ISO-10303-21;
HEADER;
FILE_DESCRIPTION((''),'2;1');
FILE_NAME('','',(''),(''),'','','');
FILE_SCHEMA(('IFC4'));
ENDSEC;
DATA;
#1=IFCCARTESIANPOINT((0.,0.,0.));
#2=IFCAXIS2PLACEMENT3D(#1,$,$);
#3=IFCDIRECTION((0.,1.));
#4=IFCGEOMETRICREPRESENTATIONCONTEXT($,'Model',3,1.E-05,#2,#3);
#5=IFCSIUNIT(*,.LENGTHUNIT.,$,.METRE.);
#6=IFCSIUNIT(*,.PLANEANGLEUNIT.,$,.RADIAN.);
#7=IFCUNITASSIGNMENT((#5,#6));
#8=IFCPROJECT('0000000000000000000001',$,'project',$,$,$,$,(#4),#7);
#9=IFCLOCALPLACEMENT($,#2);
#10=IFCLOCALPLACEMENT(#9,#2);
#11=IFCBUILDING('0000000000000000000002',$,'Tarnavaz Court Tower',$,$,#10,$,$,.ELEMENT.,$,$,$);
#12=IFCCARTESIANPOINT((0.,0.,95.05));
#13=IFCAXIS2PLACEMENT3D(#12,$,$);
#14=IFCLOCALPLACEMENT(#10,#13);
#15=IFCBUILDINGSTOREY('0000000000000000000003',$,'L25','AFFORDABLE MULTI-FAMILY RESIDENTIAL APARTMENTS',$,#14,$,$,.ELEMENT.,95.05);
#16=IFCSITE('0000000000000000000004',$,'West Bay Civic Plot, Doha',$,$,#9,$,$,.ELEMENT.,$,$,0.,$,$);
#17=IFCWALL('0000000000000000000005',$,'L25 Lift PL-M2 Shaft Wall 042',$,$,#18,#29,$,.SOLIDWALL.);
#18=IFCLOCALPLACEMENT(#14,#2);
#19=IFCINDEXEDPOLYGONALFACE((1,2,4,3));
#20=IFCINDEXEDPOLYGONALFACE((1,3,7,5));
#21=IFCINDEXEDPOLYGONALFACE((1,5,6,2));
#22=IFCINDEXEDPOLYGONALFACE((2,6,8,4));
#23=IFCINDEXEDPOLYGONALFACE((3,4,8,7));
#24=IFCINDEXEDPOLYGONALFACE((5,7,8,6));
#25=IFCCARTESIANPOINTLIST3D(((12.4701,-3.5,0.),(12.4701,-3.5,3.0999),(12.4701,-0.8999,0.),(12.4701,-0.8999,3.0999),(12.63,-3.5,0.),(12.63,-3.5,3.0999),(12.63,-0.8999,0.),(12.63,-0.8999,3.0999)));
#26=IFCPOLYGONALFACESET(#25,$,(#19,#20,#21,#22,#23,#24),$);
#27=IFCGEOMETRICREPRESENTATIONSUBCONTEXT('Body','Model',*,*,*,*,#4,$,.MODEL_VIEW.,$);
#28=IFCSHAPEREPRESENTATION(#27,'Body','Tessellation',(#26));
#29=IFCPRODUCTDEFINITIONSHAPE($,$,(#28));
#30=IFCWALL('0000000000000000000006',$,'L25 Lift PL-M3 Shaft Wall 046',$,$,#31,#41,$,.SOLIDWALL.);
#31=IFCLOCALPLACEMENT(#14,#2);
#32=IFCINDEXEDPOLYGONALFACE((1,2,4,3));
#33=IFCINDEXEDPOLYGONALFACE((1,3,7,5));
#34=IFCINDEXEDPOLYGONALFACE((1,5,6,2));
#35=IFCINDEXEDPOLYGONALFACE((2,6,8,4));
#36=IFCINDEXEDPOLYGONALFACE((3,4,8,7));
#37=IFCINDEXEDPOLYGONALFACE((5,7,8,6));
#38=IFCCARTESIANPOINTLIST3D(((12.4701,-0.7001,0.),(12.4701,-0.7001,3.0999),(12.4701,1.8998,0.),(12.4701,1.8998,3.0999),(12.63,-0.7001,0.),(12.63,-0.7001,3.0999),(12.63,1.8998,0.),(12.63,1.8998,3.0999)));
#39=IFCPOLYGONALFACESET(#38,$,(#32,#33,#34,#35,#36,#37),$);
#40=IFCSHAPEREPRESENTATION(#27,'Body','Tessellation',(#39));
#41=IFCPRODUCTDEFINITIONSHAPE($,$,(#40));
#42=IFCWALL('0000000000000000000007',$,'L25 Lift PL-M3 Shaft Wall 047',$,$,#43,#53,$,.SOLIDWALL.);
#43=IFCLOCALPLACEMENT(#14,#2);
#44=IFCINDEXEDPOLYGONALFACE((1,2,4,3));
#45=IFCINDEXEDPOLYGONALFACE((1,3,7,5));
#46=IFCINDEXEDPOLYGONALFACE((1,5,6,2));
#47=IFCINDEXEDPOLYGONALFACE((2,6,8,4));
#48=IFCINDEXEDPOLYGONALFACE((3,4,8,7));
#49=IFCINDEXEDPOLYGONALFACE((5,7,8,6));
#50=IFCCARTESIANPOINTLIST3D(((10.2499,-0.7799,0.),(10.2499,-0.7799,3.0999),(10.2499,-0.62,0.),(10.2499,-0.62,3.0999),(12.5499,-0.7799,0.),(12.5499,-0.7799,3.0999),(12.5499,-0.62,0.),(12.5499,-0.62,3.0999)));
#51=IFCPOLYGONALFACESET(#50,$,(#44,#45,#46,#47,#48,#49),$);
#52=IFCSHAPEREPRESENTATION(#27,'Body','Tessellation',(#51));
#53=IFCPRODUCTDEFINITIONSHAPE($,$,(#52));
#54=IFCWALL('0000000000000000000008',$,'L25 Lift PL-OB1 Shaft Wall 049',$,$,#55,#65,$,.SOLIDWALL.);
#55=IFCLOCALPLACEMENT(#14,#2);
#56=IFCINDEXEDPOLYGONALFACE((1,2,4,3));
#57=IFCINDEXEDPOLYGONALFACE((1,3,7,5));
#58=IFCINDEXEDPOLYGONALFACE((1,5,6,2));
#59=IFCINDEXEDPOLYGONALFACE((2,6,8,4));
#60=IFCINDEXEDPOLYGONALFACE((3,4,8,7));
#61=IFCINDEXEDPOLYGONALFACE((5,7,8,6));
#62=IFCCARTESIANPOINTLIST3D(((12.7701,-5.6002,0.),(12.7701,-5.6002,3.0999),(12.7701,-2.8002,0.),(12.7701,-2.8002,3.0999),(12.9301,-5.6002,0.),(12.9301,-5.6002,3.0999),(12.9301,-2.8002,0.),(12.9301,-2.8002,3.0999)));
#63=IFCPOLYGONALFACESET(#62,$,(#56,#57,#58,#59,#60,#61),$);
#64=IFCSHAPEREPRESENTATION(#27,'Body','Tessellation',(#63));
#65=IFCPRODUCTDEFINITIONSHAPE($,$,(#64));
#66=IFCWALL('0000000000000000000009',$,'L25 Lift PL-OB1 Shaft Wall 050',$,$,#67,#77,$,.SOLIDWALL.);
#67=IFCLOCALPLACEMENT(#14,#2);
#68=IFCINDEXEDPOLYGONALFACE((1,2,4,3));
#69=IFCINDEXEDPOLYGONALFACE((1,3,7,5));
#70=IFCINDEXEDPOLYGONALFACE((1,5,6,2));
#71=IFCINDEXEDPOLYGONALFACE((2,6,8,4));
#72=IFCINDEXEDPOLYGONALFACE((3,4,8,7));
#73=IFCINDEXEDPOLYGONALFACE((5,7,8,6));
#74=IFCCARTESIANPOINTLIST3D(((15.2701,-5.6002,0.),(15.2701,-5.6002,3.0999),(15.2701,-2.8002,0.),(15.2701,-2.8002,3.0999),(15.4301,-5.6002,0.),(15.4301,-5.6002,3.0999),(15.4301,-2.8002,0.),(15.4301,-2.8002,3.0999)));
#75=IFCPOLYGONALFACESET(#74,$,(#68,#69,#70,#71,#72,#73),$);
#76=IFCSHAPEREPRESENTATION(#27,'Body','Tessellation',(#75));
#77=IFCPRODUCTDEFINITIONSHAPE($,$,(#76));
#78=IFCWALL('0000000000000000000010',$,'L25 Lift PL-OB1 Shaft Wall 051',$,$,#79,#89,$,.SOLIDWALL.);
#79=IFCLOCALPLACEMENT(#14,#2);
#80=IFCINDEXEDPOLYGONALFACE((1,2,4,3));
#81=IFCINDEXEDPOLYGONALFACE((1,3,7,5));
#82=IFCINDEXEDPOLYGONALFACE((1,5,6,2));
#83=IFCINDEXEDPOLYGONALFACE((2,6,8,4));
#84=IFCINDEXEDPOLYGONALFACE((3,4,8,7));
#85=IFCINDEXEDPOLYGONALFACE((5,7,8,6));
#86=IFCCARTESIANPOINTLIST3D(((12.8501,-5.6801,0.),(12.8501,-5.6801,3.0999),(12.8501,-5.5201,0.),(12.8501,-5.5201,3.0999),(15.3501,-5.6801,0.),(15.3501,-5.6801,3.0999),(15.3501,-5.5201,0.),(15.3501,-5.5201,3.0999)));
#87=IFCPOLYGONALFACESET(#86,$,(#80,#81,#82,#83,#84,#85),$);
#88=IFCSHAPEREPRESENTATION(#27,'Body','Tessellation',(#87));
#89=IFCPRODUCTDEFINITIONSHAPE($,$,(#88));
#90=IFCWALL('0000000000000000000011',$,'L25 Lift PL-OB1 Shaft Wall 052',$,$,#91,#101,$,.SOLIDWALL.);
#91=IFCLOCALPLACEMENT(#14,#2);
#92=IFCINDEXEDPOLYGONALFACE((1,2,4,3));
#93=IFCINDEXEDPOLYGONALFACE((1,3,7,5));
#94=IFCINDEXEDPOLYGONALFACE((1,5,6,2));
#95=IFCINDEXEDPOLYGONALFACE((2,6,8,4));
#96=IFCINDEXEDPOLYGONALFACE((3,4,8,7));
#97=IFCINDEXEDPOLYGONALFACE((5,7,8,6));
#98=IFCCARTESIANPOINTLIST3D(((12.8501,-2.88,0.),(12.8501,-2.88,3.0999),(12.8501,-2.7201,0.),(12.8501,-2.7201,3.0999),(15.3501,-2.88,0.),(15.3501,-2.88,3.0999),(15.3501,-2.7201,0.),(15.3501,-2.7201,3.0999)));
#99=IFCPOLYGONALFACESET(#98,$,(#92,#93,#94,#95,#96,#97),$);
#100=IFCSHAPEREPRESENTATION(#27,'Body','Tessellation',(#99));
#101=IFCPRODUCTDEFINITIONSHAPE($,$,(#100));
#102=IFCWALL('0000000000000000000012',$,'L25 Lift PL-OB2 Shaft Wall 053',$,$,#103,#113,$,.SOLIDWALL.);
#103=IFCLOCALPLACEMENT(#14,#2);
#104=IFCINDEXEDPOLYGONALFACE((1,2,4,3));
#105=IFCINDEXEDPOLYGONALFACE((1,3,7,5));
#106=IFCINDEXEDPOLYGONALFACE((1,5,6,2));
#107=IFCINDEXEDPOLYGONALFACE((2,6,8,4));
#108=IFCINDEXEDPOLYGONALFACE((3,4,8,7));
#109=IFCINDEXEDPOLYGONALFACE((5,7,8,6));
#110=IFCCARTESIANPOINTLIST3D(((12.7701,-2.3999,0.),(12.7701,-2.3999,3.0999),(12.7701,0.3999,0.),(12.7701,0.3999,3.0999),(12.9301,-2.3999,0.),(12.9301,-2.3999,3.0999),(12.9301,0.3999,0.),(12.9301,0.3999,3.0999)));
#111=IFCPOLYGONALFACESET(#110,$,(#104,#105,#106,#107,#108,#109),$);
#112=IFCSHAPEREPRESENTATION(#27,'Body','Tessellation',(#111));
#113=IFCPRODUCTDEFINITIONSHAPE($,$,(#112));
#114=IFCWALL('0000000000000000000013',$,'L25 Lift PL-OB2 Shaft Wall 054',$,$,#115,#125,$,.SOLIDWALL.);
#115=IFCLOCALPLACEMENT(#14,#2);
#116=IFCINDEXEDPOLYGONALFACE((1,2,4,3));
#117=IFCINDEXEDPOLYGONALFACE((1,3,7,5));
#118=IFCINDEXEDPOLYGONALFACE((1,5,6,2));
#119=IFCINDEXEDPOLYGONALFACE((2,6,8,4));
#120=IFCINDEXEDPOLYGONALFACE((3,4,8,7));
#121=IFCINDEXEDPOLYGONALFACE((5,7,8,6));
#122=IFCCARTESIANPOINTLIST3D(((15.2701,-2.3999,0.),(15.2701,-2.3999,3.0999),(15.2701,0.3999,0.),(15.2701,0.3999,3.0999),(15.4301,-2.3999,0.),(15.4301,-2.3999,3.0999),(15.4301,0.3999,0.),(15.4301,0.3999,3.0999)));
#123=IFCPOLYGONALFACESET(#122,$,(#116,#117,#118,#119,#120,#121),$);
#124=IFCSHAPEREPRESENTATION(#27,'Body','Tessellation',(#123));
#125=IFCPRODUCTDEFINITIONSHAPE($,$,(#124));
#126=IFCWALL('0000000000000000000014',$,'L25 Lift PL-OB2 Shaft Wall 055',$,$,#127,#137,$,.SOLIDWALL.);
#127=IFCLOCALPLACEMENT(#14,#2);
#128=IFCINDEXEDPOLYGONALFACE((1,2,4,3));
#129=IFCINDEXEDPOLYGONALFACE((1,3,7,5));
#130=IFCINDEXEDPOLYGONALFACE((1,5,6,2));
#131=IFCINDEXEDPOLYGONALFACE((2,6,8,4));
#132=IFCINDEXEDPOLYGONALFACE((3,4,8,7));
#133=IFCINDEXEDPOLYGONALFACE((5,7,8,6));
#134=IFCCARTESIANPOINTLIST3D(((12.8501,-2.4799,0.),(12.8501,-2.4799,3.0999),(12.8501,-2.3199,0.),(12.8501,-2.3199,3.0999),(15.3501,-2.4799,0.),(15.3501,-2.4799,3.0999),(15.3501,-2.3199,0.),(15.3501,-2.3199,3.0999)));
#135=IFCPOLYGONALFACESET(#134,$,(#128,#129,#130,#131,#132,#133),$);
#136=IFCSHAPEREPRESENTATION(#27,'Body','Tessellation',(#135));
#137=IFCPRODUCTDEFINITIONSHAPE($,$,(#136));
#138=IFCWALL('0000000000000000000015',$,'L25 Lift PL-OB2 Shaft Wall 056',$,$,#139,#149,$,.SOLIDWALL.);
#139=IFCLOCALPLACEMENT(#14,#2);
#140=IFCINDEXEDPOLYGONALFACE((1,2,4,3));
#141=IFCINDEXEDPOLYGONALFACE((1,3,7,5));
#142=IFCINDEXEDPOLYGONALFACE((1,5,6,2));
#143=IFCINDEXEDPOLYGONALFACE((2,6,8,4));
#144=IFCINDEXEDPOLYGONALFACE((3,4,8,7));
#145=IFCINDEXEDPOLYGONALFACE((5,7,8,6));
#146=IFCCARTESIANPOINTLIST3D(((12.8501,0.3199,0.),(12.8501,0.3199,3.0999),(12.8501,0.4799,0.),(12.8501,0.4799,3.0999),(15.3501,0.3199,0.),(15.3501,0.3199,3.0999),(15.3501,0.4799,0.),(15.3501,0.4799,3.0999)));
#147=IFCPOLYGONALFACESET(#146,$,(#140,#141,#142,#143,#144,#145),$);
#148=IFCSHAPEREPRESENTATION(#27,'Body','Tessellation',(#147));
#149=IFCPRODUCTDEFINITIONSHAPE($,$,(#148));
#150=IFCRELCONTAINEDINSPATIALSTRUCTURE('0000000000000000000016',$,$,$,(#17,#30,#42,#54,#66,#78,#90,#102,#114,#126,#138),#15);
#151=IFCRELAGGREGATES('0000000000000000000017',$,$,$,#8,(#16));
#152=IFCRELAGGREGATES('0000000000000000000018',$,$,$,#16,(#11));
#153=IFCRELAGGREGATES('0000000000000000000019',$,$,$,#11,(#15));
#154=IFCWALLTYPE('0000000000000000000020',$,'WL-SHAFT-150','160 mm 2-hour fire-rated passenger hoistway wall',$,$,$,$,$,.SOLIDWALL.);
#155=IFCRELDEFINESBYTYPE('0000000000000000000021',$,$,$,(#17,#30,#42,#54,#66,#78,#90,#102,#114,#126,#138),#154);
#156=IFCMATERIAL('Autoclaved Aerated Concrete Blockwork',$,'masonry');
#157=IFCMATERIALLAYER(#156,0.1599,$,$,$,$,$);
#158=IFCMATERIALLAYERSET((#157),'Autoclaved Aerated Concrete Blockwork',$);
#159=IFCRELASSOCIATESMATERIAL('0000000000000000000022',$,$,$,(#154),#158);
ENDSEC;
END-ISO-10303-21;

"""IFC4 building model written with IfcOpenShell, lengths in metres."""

from ifc_helpers import new_model, si_unit, direction, frame, frame_2d, origin, place, context, subcontext, project, spatial, rectangle, extrude, material, layer, layer_set, type_object, element, save


model = new_model("IFC4")

# Units and contexts
model_context = context("Model", 3, precision=1e-05, world=origin(), true_north=direction((0.0, 1.0)))
body_context = subcontext(model_context, "Body", "Model", "MODEL_VIEW")
ifc_project = project(units=[si_unit("LENGTHUNIT", "METRE"), si_unit("PLANEANGLEUNIT", "RADIAN")], contexts=[model_context])

# Site, building, storey
site_placement = place(None, origin())
site = spatial("IfcSite", under=ifc_project, at=site_placement, Name="West Bay Civic Plot, Doha", CompositionType="ELEMENT", RefElevation=0.0)
building_placement = place(site_placement, origin())
building = spatial("IfcBuilding", under=site, at=building_placement, Name="Tarnavaz Court Tower", CompositionType="ELEMENT")
storey_placement = place(building_placement, frame((0.0, 0.0, 95.05)))
storey = spatial("IfcBuildingStorey", under=building, at=storey_placement, Name="L25", Description="AFFORDABLE MULTI-FAMILY RESIDENTIAL APARTMENTS", CompositionType="ELEMENT", Elevation=95.05)

# Walls
ifc_material_1 = material(Name="Autoclaved Aerated Concrete Blockwork", Category="masonry")
ifc_layer_1 = layer(ifc_material_1, 0.1599)
ifc_layer_set_1 = layer_set([ifc_layer_1], Name="Autoclaved Aerated Concrete Blockwork")
wall_type_1 = type_object("IfcWallType", Name="WL-SHAFT-150", Description="160 mm 2-hour fire-rated passenger hoistway wall", PredefinedType="SOLIDWALL", material=ifc_layer_set_1)
for number, where, z_axis, x_axis, name in (
    (1, (12.55, -3.5, 0.0), (0.0, 0.0, 1.0), (0.0, 1.0, 0.0), "L25 Lift PL-M2 Shaft Wall 042"),
):
    element("IfcWall", number, at=place(storey_placement, frame(where, z_axis=z_axis, x_axis=x_axis)), inside=storey, type_object=wall_type_1, Name=name, PredefinedType="SOLIDWALL", context=body_context, shape_type="SweptSolid", body=[
        extrude(rectangle(XDim=2.6001, YDim=0.1599, at=frame_2d((1.3, 0.0))), origin(), (0.0, 0.0, 1.0), 3.0999),
    ])
wall_1_placement = place(storey_placement, frame((12.55, -0.7, 0.0), z_axis=(0.0, 0.0, 1.0), x_axis=(0.0, 1.0, 0.0)))
element("IfcWall", 2, at=wall_1_placement, inside=storey, type_object=wall_type_1, Name="L25 Lift PL-M3 Shaft Wall 046", PredefinedType="SOLIDWALL", context=body_context, shape_type="SweptSolid", body=[
    extrude(rectangle(XDim=2.5999, YDim=0.1599, at=frame_2d((1.2998, 0.0))), origin(), (0.0, 0.0, 1.0), 3.0999),
])
wall_2_placement = place(storey_placement, frame((10.25, -0.7, 0.0), z_axis=(0.0, 0.0, 1.0), x_axis=(1.0, 0.0, 0.0)))
element("IfcWall", 3, at=wall_2_placement, inside=storey, type_object=wall_type_1, Name="L25 Lift PL-M3 Shaft Wall 047", PredefinedType="SOLIDWALL", context=body_context, shape_type="SweptSolid", body=[
    extrude(rectangle(XDim=2.3, YDim=0.1599, at=frame_2d((1.1499, 0.0))), origin(), (0.0, 0.0, 1.0), 3.0999),
])
for number, where, z_axis, x_axis, name in (
    (4, (12.8501, -5.6001, 0.0), (0.0, 0.0, 1.0), (0.0, 1.0, 0.0), "L25 Lift PL-OB1 Shaft Wall 049"),
    (5, (15.3501, -5.6001, 0.0), (0.0, 0.0, 1.0), (0.0, 1.0, 0.0), "L25 Lift PL-OB1 Shaft Wall 050"),
):
    element("IfcWall", number, at=place(storey_placement, frame(where, z_axis=z_axis, x_axis=x_axis)), inside=storey, type_object=wall_type_1, Name=name, PredefinedType="SOLIDWALL", context=body_context, shape_type="SweptSolid", body=[
        extrude(rectangle(XDim=2.8, YDim=0.1599, at=frame_2d((1.3999, 0.0))), origin(), (0.0, 0.0, 1.0), 3.0999),
    ])
for number, where, z_axis, x_axis, name in (
    (6, (12.8501, -5.6001, 0.0), (0.0, 0.0, 1.0), (1.0, 0.0, 0.0), "L25 Lift PL-OB1 Shaft Wall 051"),
    (7, (12.8501, -2.8, 0.0), (0.0, 0.0, 1.0), (1.0, 0.0, 0.0), "L25 Lift PL-OB1 Shaft Wall 052"),
):
    element("IfcWall", number, at=place(storey_placement, frame(where, z_axis=z_axis, x_axis=x_axis)), inside=storey, type_object=wall_type_1, Name=name, PredefinedType="SOLIDWALL", context=body_context, shape_type="SweptSolid", body=[
        extrude(rectangle(XDim=2.5, YDim=0.1599, at=frame_2d((1.25, 0.0))), origin(), (0.0, 0.0, 1.0), 3.0999),
    ])
for number, where, z_axis, x_axis, name in (
    (8, (12.8501, -2.3999, 0.0), (0.0, 0.0, 1.0), (0.0, 1.0, 0.0), "L25 Lift PL-OB2 Shaft Wall 053"),
    (9, (15.3501, -2.3999, 0.0), (0.0, 0.0, 1.0), (0.0, 1.0, 0.0), "L25 Lift PL-OB2 Shaft Wall 054"),
):
    element("IfcWall", number, at=place(storey_placement, frame(where, z_axis=z_axis, x_axis=x_axis)), inside=storey, type_object=wall_type_1, Name=name, PredefinedType="SOLIDWALL", context=body_context, shape_type="SweptSolid", body=[
        extrude(rectangle(XDim=2.7998, YDim=0.1599, at=frame_2d((1.3999, 0.0))), origin(), (0.0, 0.0, 1.0), 3.0999),
    ])
for number, where, z_axis, x_axis, name in (
    (10, (12.8501, -2.3999, 0.0), (0.0, 0.0, 1.0), (1.0, 0.0, 0.0), "L25 Lift PL-OB2 Shaft Wall 055"),
    (11, (12.8501, 0.3999, 0.0), (0.0, 0.0, 1.0), (1.0, 0.0, 0.0), "L25 Lift PL-OB2 Shaft Wall 056"),
):
    element("IfcWall", number, at=place(storey_placement, frame(where, z_axis=z_axis, x_axis=x_axis)), inside=storey, type_object=wall_type_1, Name=name, PredefinedType="SOLIDWALL", context=body_context, shape_type="SweptSolid", body=[
        extrude(rectangle(XDim=2.5, YDim=0.1599, at=frame_2d((1.25, 0.0))), origin(), (0.0, 0.0, 1.0), 3.0999),
    ])

save(model, "model.ifc")
